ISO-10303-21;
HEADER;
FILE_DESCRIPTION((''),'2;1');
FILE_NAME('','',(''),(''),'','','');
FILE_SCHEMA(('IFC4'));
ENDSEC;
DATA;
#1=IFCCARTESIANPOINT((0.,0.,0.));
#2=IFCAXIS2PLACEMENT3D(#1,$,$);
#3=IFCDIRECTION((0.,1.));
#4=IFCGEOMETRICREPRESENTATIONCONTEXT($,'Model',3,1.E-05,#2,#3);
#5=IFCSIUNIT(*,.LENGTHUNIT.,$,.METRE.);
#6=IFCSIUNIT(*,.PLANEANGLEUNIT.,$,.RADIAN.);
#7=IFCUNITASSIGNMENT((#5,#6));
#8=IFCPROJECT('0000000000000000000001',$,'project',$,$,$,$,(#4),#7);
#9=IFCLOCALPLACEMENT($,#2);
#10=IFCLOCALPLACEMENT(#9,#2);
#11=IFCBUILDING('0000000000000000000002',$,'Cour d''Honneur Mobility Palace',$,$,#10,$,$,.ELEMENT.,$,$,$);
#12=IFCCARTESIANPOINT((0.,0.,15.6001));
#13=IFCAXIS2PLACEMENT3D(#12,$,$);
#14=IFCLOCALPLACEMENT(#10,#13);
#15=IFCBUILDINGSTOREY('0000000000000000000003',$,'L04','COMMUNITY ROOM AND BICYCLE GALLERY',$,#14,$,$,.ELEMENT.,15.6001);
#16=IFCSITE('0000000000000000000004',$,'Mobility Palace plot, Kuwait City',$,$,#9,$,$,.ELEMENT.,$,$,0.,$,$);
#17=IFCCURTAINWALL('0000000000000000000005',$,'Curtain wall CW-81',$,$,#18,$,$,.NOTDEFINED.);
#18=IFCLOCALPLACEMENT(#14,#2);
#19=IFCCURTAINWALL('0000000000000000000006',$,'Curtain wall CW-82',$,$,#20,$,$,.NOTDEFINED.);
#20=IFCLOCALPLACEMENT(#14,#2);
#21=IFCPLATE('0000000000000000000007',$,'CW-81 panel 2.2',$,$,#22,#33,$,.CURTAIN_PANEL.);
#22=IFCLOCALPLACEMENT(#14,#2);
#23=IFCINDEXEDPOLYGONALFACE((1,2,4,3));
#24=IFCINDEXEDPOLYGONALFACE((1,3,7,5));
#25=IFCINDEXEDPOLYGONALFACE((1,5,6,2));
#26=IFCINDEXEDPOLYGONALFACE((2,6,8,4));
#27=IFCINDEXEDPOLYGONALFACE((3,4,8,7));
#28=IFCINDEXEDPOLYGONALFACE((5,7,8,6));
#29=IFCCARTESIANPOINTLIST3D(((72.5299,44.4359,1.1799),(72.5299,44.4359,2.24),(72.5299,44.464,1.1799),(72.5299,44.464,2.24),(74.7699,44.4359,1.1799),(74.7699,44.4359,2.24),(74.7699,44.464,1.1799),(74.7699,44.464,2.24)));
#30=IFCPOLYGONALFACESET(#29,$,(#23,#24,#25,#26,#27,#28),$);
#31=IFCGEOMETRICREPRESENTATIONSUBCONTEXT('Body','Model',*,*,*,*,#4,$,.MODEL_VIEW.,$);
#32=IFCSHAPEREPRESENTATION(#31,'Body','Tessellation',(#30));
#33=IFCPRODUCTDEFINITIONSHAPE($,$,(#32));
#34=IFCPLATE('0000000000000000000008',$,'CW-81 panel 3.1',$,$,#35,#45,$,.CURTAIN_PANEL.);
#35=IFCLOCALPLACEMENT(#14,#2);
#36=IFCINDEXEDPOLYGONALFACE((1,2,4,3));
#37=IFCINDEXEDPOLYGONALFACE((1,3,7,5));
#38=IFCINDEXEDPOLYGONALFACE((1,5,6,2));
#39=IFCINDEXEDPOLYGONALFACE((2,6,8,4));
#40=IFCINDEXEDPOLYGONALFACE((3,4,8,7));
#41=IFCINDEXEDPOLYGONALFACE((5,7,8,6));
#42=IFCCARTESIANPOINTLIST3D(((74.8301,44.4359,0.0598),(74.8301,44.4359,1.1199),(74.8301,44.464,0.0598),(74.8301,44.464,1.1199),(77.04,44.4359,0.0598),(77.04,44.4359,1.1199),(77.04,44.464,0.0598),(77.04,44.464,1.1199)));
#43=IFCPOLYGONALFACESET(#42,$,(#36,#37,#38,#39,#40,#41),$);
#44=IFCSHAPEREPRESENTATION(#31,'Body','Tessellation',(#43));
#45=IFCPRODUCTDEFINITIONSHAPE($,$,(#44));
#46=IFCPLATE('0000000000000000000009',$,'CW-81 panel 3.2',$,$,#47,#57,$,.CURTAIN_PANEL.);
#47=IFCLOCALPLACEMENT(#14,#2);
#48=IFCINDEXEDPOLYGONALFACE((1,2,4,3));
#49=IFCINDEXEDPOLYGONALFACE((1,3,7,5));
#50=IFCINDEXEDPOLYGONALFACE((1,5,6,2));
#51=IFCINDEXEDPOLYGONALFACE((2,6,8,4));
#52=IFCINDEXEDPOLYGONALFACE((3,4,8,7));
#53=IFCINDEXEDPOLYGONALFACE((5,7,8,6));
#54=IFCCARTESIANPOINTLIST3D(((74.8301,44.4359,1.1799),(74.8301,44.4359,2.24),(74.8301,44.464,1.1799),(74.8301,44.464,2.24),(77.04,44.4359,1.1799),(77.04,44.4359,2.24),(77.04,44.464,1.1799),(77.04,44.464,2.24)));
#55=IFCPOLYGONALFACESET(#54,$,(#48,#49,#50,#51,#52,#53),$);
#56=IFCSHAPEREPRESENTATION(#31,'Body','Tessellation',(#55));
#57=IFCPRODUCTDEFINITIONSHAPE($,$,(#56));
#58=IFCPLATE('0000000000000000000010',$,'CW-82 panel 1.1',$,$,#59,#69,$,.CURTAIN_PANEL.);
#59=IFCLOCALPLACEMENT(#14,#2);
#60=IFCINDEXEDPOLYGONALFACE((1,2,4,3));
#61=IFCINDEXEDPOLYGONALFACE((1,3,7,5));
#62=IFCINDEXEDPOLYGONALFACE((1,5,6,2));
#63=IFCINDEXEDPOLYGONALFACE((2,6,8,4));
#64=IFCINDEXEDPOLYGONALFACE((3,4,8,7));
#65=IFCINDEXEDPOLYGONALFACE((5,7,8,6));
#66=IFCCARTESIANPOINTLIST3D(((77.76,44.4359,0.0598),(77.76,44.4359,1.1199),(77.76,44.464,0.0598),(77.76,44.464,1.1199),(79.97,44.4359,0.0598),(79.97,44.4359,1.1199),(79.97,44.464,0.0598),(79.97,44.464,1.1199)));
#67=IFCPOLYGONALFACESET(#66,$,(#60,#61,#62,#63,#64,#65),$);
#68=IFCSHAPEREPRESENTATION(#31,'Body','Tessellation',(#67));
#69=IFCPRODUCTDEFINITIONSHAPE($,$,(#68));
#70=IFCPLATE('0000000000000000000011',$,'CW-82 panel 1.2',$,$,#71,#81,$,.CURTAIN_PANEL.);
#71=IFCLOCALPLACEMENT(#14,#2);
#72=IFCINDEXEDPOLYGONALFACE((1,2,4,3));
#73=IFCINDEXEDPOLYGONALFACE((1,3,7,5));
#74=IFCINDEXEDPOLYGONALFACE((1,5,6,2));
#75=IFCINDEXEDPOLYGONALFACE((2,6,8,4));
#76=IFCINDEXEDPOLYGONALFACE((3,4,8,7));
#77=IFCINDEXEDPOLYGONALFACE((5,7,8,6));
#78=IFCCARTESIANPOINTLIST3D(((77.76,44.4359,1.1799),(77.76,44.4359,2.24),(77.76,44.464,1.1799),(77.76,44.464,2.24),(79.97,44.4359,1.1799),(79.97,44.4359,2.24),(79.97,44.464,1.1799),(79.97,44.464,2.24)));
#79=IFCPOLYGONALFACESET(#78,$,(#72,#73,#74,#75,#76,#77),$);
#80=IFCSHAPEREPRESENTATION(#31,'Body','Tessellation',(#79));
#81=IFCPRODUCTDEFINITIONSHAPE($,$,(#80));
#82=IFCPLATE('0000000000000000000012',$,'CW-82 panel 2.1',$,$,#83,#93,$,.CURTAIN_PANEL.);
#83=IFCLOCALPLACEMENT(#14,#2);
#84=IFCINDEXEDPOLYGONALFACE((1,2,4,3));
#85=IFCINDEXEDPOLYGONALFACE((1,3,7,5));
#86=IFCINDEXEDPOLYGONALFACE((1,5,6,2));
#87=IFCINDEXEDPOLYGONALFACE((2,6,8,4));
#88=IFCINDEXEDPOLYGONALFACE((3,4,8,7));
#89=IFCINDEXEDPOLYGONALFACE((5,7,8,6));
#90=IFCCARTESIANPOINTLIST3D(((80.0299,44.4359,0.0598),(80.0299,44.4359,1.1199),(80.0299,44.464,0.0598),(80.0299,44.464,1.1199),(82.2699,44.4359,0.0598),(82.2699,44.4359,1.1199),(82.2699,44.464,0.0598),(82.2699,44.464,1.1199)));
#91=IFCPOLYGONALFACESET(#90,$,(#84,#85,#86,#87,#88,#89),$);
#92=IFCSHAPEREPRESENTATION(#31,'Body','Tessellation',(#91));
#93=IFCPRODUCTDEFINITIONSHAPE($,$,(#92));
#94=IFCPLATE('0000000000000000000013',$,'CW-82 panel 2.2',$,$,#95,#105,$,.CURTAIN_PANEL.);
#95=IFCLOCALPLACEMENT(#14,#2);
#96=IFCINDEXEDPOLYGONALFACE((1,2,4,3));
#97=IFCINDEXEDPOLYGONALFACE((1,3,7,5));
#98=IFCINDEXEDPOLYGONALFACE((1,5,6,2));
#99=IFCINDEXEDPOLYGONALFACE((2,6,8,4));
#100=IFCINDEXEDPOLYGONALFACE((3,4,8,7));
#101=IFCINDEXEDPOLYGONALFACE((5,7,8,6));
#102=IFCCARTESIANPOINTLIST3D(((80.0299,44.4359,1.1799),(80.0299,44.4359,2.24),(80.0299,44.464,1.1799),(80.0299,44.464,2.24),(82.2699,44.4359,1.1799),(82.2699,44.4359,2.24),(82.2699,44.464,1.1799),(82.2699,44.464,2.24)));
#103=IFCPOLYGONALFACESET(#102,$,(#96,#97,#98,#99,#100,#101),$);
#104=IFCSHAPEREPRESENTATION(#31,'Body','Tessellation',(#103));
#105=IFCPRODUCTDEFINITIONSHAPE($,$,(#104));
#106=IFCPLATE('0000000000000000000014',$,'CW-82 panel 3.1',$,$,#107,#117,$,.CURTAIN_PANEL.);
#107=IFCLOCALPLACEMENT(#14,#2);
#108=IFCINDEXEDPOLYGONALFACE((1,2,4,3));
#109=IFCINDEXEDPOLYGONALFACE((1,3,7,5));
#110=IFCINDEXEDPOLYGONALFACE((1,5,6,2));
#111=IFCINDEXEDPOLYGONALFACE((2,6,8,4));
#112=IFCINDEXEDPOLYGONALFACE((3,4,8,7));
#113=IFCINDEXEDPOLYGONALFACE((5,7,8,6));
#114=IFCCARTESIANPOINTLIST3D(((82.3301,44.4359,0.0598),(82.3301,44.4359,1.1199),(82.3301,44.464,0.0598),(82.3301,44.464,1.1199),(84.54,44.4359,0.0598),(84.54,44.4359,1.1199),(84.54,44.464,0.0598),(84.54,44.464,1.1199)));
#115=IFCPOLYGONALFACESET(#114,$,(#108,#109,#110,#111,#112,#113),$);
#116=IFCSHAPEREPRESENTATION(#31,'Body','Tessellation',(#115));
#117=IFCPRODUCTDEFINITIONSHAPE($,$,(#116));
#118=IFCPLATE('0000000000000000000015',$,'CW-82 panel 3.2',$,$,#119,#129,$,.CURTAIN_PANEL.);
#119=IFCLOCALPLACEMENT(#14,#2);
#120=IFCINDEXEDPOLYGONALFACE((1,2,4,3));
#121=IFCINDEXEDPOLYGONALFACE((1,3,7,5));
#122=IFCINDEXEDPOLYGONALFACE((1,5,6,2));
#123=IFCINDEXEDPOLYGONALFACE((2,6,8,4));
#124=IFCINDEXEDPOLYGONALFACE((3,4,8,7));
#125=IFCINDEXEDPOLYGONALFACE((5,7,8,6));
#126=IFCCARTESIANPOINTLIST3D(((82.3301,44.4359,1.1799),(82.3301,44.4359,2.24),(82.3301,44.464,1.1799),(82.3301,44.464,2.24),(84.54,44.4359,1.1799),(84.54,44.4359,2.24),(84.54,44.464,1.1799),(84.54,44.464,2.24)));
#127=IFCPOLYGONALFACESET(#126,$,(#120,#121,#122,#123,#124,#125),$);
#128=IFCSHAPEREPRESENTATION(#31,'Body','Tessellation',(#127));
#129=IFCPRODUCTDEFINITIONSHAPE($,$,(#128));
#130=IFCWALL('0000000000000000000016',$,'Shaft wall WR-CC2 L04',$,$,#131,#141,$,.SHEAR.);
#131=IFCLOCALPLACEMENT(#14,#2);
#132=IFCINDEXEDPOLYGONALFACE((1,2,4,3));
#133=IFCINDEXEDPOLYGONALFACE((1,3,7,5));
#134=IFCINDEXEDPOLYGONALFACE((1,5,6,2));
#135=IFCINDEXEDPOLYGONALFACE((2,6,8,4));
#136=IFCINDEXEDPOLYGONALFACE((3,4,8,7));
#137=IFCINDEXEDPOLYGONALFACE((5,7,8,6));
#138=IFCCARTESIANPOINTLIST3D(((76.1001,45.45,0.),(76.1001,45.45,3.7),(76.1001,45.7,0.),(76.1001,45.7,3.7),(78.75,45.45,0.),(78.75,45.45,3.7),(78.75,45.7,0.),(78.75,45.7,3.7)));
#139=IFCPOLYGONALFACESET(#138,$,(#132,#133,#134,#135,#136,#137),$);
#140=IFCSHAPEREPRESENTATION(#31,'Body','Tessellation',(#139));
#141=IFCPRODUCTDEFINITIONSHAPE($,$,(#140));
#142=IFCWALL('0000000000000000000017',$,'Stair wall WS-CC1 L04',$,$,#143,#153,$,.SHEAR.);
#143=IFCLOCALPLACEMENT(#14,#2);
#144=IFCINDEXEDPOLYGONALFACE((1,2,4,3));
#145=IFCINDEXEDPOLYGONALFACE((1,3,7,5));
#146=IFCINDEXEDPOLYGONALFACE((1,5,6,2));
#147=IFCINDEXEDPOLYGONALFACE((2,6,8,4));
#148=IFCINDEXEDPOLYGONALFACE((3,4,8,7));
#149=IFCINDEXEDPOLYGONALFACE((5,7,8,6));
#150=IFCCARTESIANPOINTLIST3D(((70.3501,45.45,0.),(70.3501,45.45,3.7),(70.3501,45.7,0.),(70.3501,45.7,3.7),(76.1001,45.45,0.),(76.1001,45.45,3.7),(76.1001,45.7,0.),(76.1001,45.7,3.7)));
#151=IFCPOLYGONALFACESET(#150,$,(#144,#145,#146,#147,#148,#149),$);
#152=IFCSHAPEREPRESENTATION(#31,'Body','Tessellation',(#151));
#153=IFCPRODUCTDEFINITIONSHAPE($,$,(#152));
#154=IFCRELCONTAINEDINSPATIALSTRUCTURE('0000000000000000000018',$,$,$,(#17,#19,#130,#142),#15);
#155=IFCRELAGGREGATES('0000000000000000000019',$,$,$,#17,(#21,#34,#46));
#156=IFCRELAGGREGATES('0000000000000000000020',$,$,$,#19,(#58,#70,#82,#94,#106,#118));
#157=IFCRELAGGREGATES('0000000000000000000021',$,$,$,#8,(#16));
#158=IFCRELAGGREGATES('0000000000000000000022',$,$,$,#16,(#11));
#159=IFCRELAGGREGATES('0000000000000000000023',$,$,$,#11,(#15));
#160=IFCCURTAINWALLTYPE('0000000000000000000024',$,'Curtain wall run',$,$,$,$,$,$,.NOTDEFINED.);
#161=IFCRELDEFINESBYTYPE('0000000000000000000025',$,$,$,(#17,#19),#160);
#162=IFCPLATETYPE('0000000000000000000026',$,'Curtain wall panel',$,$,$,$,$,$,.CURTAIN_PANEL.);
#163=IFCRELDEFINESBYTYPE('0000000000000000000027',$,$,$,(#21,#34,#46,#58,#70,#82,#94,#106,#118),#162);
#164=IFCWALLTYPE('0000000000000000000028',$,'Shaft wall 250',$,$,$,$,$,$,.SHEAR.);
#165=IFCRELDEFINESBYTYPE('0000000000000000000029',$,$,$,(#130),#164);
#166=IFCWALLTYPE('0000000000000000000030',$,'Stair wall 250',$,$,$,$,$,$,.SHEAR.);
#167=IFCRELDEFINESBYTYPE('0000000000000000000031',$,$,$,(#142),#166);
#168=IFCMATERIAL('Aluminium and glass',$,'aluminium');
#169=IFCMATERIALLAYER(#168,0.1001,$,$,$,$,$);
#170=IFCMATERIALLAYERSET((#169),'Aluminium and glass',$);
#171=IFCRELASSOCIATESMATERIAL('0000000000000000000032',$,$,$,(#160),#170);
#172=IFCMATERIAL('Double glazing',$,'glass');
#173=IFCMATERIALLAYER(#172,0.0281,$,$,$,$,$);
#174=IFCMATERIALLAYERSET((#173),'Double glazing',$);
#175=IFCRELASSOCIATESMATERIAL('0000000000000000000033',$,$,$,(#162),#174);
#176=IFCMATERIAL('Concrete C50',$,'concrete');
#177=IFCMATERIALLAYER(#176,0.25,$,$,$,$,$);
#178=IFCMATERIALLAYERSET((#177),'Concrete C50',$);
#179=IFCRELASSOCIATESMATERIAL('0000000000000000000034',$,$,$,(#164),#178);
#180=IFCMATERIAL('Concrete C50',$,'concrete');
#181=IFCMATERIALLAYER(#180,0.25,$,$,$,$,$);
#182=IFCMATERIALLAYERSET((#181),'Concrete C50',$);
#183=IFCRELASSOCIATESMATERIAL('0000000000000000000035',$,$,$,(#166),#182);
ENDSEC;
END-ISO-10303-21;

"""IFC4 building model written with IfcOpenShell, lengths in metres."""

from ifc_helpers import new_model, si_unit, direction, frame, frame_2d, origin, origin_2d, place, context, subcontext, project, spatial, rectangle, extrude, material, layer, layer_set, type_object, element, aggregate, save


model = new_model("IFC4")

# Units and contexts
model_context = context("Model", 3, precision=1e-05, world=origin(), true_north=direction((0.0, 1.0)))
body_context = subcontext(model_context, "Body", "Model", "MODEL_VIEW")
ifc_project = project(units=[si_unit("LENGTHUNIT", "METRE"), si_unit("PLANEANGLEUNIT", "RADIAN")], contexts=[model_context])

# Site, building, storey
site_placement = place(None, origin())
site = spatial("IfcSite", under=ifc_project, at=site_placement, Name="Mobility Palace plot, Kuwait City", CompositionType="ELEMENT", RefElevation=0.0)
building_placement = place(site_placement, origin())
building = spatial("IfcBuilding", under=site, at=building_placement, Name="Cour d'Honneur Mobility Palace", CompositionType="ELEMENT")
storey_placement = place(building_placement, frame((0.0, 0.0, 15.6001)))
storey = spatial("IfcBuildingStorey", under=building, at=storey_placement, Name="L04", Description="COMMUNITY ROOM AND BICYCLE GALLERY", CompositionType="ELEMENT", Elevation=15.6001)

# Curtain walls
ifc_material_1 = material(Name="Aluminium and glass", Category="aluminium")
ifc_layer_1 = layer(ifc_material_1, 0.1001)
ifc_layer_set_1 = layer_set([ifc_layer_1], Name="Aluminium and glass")
curtain_wall_type = type_object("IfcCurtainWallType", Name="Curtain wall run", PredefinedType="NOTDEFINED", material=ifc_layer_set_1)
curtain_wall_1_placement = place(storey_placement, origin())
curtain_wall_1 = element("IfcCurtainWall", 1, at=curtain_wall_1_placement, inside=storey, type_object=curtain_wall_type, Name="Curtain wall CW-81", PredefinedType="NOTDEFINED")
curtain_wall_2_placement = place(storey_placement, origin())
curtain_wall_2 = element("IfcCurtainWall", 2, at=curtain_wall_2_placement, inside=storey, type_object=curtain_wall_type, Name="Curtain wall CW-82", PredefinedType="NOTDEFINED")

# Plates
ifc_material_2 = material(Name="Double glazing", Category="glass")
ifc_layer_2 = layer(ifc_material_2, 0.0281)
ifc_layer_set_2 = layer_set([ifc_layer_2], Name="Double glazing")
plate_type = type_object("IfcPlateType", Name="Curtain wall panel", PredefinedType="CURTAIN_PANEL", material=ifc_layer_set_2)
plate_1_placement = place(storey_placement, frame((73.6499, 44.45, 1.1799), z_axis=(0.0, 0.0, 1.0), x_axis=(1.0, 0.0, 0.0)))
plate_1 = element("IfcPlate", 3, at=plate_1_placement, type_object=plate_type, Name="CW-81 panel 2.2", PredefinedType="CURTAIN_PANEL", context=body_context, shape_type="SweptSolid", body=[
    extrude(rectangle(XDim=2.24, YDim=0.0281, at=origin_2d()), origin(), (0.0, 0.0, 1.0), 1.0601),
])
plate_2_placement = place(storey_placement, frame((75.9351, 44.45, 0.0598), z_axis=(0.0, 0.0, 1.0), x_axis=(1.0, 0.0, 0.0)))
plate_2 = element("IfcPlate", 4, at=plate_2_placement, type_object=plate_type, Name="CW-81 panel 3.1", PredefinedType="CURTAIN_PANEL", context=body_context, shape_type="SweptSolid", body=[
    extrude(rectangle(XDim=2.21, YDim=0.0281, at=origin_2d()), origin(), (0.0, 0.0, 1.0), 1.0601),
])
plate_3_placement = place(storey_placement, frame((75.9351, 44.45, 1.1799), z_axis=(0.0, 0.0, 1.0), x_axis=(1.0, 0.0, 0.0)))
plate_3 = element("IfcPlate", 5, at=plate_3_placement, type_object=plate_type, Name="CW-81 panel 3.2", PredefinedType="CURTAIN_PANEL", context=body_context, shape_type="SweptSolid", body=[
    extrude(rectangle(XDim=2.21, YDim=0.0281, at=origin_2d()), origin(), (0.0, 0.0, 1.0), 1.0601),
])
aggregate(curtain_wall_1, [plate_1, plate_2, plate_3])
plate_4_placement = place(storey_placement, frame((78.865, 44.45, 0.0598), z_axis=(0.0, 0.0, 1.0), x_axis=(1.0, 0.0, 0.0)))
plate_4 = element("IfcPlate", 6, at=plate_4_placement, type_object=plate_type, Name="CW-82 panel 1.1", PredefinedType="CURTAIN_PANEL", context=body_context, shape_type="SweptSolid", body=[
    extrude(rectangle(XDim=2.21, YDim=0.0281, at=origin_2d()), origin(), (0.0, 0.0, 1.0), 1.0601),
])
plate_5_placement = place(storey_placement, frame((78.865, 44.45, 1.1799), z_axis=(0.0, 0.0, 1.0), x_axis=(1.0, 0.0, 0.0)))
plate_5 = element("IfcPlate", 7, at=plate_5_placement, type_object=plate_type, Name="CW-82 panel 1.2", PredefinedType="CURTAIN_PANEL", context=body_context, shape_type="SweptSolid", body=[
    extrude(rectangle(XDim=2.21, YDim=0.0281, at=origin_2d()), origin(), (0.0, 0.0, 1.0), 1.0601),
])
plate_6_placement = place(storey_placement, frame((81.1499, 44.45, 0.0598), z_axis=(0.0, 0.0, 1.0), x_axis=(1.0, 0.0, 0.0)))
plate_6 = element("IfcPlate", 8, at=plate_6_placement, type_object=plate_type, Name="CW-82 panel 2.1", PredefinedType="CURTAIN_PANEL", context=body_context, shape_type="SweptSolid", body=[
    extrude(rectangle(XDim=2.24, YDim=0.0281, at=origin_2d()), origin(), (0.0, 0.0, 1.0), 1.0601),
])
plate_7_placement = place(storey_placement, frame((81.1499, 44.45, 1.1799), z_axis=(0.0, 0.0, 1.0), x_axis=(1.0, 0.0, 0.0)))
plate_7 = element("IfcPlate", 9, at=plate_7_placement, type_object=plate_type, Name="CW-82 panel 2.2", PredefinedType="CURTAIN_PANEL", context=body_context, shape_type="SweptSolid", body=[
    extrude(rectangle(XDim=2.24, YDim=0.0281, at=origin_2d()), origin(), (0.0, 0.0, 1.0), 1.0601),
])
plate_8_placement = place(storey_placement, frame((83.4351, 44.45, 0.0598), z_axis=(0.0, 0.0, 1.0), x_axis=(1.0, 0.0, 0.0)))
plate_8 = element("IfcPlate", 10, at=plate_8_placement, type_object=plate_type, Name="CW-82 panel 3.1", PredefinedType="CURTAIN_PANEL", context=body_context, shape_type="SweptSolid", body=[
    extrude(rectangle(XDim=2.21, YDim=0.0281, at=origin_2d()), origin(), (0.0, 0.0, 1.0), 1.0601),
])
plate_9_placement = place(storey_placement, frame((83.4351, 44.45, 1.1799), z_axis=(0.0, 0.0, 1.0), x_axis=(1.0, 0.0, 0.0)))
plate_9 = element("IfcPlate", 11, at=plate_9_placement, type_object=plate_type, Name="CW-82 panel 3.2", PredefinedType="CURTAIN_PANEL", context=body_context, shape_type="SweptSolid", body=[
    extrude(rectangle(XDim=2.21, YDim=0.0281, at=origin_2d()), origin(), (0.0, 0.0, 1.0), 1.0601),
])
aggregate(curtain_wall_2, [plate_4, plate_5, plate_6, plate_7, plate_8, plate_9])

# Walls
ifc_material_3 = material(Name="Concrete C50", Category="concrete")
ifc_layer_3 = layer(ifc_material_3, 0.25)
ifc_layer_set_3 = layer_set([ifc_layer_3], Name="Concrete C50")
wall_type_1 = type_object("IfcWallType", Name="Shaft wall 250", PredefinedType="SHEAR", material=ifc_layer_set_3)
wall_1_placement = place(storey_placement, frame((76.1001, 45.575, 0.0), z_axis=(0.0, 0.0, 1.0), x_axis=(1.0, 0.0, 0.0)))
element("IfcWall", 12, at=wall_1_placement, inside=storey, type_object=wall_type_1, Name="Shaft wall WR-CC2 L04", PredefinedType="SHEAR", context=body_context, shape_type="SweptSolid", body=[
    extrude(rectangle(XDim=2.6499, YDim=0.25, at=frame_2d((1.325, 0.0))), origin(), (0.0, 0.0, 1.0), 3.7),
])
ifc_material_4 = material(Name="Concrete C50", Category="concrete")
ifc_layer_4 = layer(ifc_material_4, 0.25)
ifc_layer_set_4 = layer_set([ifc_layer_4], Name="Concrete C50")
wall_type_2 = type_object("IfcWallType", Name="Stair wall 250", PredefinedType="SHEAR", material=ifc_layer_set_4)
wall_2_placement = place(storey_placement, frame((70.3501, 45.575, 0.0), z_axis=(0.0, 0.0, 1.0), x_axis=(1.0, 0.0, 0.0)))
element("IfcWall", 13, at=wall_2_placement, inside=storey, type_object=wall_type_2, Name="Stair wall WS-CC1 L04", PredefinedType="SHEAR", context=body_context, shape_type="SweptSolid", body=[
    extrude(rectangle(XDim=5.75, YDim=0.25, at=frame_2d((2.875, 0.0))), origin(), (0.0, 0.0, 1.0), 3.7),
])

save(model, "model.ifc")
